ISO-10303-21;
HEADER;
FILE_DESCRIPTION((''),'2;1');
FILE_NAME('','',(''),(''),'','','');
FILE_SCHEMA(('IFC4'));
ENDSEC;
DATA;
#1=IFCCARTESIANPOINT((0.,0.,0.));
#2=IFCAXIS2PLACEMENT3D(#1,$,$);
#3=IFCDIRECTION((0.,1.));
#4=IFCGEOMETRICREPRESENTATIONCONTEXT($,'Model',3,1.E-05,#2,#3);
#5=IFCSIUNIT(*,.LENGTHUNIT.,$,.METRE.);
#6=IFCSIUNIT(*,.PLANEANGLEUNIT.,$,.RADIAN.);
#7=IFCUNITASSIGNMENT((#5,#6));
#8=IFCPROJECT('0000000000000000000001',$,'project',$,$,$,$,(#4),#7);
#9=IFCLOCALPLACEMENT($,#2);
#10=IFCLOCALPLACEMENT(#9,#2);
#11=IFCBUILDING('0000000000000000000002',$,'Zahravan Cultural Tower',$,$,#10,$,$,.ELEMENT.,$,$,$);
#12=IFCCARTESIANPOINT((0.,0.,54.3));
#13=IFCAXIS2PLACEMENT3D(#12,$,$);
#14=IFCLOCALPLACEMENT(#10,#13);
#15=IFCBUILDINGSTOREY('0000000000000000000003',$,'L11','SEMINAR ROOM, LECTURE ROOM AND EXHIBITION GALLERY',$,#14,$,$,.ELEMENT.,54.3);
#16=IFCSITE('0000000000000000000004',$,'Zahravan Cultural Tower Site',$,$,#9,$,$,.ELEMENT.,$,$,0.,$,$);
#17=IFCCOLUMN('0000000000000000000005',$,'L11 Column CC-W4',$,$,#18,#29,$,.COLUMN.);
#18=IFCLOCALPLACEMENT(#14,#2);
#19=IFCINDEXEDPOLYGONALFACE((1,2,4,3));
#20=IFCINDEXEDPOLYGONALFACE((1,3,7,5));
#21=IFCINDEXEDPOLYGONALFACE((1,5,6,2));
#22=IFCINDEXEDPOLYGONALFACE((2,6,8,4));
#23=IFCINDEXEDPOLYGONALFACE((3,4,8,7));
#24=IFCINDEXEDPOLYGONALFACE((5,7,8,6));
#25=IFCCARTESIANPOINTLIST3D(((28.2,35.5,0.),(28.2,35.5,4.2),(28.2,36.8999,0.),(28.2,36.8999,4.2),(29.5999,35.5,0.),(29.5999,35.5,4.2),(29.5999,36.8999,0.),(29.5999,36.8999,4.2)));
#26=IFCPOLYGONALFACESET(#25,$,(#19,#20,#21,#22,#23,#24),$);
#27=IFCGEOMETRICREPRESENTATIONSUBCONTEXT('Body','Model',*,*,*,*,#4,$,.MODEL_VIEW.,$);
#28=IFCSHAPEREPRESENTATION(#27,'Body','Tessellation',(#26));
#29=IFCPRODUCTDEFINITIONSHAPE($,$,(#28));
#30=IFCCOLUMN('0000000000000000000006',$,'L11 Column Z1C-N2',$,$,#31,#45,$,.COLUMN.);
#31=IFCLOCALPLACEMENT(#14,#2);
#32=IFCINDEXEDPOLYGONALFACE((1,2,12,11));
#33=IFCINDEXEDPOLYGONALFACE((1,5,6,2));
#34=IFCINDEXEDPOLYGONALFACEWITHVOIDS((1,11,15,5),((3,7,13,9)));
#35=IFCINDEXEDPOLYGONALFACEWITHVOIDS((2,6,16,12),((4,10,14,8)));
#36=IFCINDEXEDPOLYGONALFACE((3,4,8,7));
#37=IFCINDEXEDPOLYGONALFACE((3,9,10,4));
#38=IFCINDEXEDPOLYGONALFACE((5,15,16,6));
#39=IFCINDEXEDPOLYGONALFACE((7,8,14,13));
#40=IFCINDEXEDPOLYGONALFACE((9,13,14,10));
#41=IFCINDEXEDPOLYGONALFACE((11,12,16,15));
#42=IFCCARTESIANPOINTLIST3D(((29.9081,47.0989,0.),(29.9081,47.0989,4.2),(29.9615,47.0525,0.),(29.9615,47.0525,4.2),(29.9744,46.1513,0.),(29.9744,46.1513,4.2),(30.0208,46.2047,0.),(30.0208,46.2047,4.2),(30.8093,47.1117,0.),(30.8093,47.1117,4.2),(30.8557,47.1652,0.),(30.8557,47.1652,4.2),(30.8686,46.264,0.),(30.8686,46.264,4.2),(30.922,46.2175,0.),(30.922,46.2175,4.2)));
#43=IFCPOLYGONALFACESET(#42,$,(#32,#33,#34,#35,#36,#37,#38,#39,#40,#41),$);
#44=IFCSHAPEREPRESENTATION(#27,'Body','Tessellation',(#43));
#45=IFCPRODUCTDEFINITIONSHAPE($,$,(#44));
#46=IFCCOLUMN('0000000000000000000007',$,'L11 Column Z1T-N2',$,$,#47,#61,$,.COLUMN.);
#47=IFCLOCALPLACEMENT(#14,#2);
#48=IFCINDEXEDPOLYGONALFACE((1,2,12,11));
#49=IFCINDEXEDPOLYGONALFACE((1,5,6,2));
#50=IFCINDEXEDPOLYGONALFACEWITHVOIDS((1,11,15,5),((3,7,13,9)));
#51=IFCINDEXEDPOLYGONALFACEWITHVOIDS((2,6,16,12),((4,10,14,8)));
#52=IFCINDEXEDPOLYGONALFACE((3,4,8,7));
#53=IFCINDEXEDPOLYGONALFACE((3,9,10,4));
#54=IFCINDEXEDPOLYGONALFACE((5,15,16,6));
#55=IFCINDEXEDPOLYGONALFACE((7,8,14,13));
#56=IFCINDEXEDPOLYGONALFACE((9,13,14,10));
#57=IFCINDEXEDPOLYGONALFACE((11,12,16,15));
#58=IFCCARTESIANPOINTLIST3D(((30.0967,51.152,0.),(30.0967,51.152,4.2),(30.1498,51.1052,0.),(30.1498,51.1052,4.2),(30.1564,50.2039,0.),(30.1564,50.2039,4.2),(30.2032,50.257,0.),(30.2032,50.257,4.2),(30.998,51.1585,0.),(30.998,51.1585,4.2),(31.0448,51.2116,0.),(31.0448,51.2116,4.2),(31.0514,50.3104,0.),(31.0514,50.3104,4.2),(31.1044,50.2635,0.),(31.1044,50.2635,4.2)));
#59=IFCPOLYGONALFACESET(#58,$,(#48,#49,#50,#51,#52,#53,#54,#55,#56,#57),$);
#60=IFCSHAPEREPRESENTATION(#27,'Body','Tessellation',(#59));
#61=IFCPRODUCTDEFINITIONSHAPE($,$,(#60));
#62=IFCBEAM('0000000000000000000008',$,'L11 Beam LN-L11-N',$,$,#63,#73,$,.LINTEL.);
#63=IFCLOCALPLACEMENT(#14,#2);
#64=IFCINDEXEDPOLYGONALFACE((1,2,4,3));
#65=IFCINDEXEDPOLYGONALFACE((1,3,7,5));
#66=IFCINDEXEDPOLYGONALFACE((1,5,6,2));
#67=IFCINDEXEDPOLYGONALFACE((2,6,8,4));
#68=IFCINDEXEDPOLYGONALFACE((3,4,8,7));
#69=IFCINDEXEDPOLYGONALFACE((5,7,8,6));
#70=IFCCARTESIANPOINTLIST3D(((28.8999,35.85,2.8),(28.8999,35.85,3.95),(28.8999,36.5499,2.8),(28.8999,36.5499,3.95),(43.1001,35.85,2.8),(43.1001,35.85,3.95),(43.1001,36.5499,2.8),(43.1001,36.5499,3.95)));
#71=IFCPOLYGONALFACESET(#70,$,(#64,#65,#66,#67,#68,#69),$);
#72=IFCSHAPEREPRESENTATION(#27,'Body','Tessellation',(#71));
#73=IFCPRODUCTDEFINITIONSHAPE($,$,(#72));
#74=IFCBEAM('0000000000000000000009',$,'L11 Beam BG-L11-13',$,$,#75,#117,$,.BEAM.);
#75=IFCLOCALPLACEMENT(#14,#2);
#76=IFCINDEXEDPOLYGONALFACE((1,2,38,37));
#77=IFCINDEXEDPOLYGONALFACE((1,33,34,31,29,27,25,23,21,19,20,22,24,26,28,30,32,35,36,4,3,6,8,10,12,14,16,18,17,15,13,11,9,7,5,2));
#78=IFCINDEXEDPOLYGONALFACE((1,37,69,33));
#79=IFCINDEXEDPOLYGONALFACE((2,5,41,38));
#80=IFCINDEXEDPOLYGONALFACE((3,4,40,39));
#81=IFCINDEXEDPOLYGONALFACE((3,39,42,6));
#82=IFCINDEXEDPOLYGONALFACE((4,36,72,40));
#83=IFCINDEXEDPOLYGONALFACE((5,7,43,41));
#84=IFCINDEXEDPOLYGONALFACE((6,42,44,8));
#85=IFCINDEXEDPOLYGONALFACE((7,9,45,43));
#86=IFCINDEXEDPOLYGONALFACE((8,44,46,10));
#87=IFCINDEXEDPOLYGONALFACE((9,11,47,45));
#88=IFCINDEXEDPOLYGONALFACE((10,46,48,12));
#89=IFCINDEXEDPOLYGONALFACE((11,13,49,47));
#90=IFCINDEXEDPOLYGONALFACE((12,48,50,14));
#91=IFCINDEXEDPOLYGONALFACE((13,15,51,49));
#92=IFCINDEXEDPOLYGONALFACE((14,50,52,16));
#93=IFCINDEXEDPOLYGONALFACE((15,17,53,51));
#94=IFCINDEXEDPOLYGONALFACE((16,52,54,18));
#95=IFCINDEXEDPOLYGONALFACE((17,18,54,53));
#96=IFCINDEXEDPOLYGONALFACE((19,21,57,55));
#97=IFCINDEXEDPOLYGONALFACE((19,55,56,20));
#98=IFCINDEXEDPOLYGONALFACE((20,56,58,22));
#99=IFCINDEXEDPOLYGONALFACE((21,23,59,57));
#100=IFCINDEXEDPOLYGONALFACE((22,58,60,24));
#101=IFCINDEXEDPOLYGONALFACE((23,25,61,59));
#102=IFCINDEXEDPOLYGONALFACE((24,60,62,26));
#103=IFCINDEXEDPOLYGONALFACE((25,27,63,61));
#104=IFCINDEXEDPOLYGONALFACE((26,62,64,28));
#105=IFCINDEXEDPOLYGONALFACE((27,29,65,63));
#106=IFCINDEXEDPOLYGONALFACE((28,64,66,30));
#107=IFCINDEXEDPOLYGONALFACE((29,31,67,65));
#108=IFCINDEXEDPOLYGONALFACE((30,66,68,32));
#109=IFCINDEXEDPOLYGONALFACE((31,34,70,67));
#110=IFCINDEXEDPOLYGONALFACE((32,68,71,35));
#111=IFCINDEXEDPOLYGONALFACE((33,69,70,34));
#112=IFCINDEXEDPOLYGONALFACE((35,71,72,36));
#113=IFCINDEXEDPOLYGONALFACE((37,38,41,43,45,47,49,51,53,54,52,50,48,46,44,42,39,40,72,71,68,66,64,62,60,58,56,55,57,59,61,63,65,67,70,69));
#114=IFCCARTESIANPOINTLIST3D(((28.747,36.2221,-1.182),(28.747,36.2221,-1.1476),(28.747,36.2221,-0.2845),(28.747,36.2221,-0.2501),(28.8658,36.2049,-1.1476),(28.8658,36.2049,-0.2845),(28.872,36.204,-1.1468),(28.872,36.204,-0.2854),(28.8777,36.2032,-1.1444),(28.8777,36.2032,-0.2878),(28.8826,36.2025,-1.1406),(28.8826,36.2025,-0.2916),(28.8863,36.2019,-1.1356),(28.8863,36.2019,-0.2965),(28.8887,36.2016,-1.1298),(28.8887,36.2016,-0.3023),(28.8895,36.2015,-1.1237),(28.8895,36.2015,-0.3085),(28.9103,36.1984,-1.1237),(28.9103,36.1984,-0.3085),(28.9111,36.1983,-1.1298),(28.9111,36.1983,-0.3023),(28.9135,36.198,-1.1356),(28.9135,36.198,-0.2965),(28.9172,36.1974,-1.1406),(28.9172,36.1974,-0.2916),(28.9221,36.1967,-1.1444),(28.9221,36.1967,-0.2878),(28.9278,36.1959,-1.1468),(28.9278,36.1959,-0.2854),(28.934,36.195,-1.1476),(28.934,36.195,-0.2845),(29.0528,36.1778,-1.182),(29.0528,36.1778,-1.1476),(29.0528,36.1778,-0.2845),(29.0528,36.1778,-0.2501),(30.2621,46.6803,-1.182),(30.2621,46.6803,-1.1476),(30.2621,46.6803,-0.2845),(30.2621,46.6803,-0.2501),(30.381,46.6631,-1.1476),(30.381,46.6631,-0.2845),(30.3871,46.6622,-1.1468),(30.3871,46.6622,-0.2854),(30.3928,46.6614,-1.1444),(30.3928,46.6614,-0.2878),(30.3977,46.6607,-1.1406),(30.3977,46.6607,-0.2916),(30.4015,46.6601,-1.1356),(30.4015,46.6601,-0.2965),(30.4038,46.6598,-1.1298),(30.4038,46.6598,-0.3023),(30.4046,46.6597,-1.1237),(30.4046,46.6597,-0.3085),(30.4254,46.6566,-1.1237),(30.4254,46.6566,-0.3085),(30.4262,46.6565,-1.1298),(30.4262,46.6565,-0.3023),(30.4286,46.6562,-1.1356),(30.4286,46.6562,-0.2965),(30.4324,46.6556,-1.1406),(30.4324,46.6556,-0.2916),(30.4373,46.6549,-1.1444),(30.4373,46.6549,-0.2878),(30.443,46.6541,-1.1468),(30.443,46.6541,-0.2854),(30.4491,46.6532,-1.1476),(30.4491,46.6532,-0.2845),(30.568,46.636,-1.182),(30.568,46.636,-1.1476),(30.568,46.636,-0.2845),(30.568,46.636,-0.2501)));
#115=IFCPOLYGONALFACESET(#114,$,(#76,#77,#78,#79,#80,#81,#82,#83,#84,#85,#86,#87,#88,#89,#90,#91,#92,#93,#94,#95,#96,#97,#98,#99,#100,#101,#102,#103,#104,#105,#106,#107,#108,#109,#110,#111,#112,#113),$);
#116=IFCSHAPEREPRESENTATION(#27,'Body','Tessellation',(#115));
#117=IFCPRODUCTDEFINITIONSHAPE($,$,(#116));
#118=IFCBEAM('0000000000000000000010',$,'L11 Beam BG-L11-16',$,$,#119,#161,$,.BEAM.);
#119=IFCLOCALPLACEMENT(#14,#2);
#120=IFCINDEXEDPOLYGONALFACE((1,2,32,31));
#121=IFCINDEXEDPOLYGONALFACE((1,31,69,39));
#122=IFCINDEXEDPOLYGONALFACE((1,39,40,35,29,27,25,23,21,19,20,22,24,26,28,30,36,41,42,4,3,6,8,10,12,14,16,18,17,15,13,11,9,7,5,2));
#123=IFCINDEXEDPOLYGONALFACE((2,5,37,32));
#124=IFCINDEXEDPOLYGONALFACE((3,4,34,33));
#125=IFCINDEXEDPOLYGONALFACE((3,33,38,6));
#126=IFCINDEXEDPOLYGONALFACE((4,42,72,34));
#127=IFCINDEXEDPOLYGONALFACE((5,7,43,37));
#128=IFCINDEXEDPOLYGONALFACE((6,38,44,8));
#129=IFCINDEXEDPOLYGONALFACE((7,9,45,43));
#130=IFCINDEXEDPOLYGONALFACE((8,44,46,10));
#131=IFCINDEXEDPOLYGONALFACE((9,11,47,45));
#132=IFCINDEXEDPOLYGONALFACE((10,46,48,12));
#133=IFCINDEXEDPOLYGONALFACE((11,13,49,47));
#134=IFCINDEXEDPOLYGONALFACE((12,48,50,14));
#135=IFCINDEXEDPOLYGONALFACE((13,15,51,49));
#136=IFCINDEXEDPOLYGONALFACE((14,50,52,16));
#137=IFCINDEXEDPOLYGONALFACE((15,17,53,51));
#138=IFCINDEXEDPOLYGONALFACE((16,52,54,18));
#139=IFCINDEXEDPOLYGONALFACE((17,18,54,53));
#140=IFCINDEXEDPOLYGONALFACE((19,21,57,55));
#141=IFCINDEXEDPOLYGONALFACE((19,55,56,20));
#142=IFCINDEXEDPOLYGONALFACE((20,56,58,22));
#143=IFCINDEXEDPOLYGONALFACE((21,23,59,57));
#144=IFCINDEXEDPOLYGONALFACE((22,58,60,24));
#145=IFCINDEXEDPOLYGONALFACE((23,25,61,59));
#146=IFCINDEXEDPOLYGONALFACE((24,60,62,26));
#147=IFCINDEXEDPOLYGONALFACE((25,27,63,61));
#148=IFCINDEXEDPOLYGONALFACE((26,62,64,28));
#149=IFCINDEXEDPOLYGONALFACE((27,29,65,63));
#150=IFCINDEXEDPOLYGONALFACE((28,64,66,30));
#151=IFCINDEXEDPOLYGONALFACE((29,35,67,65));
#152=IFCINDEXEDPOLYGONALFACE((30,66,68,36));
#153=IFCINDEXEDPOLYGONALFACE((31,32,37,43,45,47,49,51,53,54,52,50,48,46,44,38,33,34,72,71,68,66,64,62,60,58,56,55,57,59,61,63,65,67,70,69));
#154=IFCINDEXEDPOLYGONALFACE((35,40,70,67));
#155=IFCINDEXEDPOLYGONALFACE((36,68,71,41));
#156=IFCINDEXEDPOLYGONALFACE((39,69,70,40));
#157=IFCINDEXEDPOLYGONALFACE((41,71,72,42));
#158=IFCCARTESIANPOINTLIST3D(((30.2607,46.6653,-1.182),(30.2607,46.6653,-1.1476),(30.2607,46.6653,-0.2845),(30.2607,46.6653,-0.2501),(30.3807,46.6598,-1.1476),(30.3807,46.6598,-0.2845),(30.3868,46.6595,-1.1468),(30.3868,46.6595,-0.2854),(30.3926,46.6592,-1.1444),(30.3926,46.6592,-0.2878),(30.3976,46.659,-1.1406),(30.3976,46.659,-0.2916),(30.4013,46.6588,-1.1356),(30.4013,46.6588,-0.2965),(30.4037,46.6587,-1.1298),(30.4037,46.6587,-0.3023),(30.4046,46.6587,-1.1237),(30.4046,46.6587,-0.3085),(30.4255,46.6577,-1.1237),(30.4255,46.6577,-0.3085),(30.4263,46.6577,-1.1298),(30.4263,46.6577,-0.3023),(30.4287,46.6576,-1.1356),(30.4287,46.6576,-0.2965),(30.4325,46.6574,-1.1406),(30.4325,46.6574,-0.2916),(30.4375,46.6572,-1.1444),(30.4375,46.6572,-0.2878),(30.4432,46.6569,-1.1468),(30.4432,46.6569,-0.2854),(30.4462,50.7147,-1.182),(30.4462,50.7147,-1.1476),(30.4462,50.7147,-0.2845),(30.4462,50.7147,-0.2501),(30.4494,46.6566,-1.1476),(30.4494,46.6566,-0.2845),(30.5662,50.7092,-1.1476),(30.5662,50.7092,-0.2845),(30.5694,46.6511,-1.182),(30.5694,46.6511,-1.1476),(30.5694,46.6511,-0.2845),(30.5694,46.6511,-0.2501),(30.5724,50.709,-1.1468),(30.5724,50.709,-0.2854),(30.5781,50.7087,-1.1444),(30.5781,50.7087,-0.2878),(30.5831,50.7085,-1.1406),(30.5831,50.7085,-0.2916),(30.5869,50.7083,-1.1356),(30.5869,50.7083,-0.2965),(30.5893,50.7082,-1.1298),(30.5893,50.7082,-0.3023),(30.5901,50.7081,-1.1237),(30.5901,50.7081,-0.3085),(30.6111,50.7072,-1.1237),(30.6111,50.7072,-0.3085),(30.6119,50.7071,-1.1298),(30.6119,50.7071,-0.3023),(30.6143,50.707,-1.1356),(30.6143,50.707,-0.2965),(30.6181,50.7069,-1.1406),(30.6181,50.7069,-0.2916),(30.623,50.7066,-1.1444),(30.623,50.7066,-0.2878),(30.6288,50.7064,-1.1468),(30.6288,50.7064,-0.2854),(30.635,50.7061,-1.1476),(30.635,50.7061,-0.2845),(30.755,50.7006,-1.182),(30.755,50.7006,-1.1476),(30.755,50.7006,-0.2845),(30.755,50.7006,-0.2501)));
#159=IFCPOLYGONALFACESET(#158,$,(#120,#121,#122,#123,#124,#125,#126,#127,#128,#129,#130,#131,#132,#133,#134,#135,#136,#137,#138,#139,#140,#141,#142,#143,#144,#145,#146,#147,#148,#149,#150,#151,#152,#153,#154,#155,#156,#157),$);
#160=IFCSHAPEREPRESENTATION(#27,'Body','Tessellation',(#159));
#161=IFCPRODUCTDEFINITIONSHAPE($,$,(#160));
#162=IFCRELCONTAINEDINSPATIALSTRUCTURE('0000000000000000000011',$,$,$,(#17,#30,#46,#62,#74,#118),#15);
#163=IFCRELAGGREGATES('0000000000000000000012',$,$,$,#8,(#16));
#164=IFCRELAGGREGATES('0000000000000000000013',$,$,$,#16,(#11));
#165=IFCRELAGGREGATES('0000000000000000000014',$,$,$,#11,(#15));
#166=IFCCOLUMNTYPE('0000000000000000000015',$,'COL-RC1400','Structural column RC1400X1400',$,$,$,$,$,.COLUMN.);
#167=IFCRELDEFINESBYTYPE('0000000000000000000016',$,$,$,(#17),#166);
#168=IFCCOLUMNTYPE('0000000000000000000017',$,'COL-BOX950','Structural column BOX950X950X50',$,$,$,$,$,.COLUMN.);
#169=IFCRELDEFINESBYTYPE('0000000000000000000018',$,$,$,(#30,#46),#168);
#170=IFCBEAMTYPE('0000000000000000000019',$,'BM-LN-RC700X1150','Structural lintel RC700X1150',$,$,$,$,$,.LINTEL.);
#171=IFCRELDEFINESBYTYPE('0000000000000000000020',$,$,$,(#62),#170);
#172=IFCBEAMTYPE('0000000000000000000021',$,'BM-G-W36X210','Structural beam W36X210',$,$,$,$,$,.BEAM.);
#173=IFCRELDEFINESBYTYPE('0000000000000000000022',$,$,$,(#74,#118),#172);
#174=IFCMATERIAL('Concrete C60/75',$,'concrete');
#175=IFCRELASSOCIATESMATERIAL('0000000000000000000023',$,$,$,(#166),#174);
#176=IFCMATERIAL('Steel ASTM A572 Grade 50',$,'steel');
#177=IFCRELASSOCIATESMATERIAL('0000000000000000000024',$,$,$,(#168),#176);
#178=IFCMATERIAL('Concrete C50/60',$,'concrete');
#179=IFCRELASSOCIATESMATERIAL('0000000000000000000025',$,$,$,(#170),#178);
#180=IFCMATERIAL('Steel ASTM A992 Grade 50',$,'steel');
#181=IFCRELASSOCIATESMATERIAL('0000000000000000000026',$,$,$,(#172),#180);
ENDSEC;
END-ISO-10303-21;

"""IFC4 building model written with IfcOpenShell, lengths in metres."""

from ifc_helpers import new_model, si_unit, direction, frame, origin, origin_2d, place, context, subcontext, project, spatial, rectangle, hollow_rectangle, i_section, extrude, source, transform, mapped, material, material_profile, profile_set, type_object, element, save


model = new_model("IFC4")

# Units and contexts
model_context = context("Model", 3, precision=1e-05, world=origin(), true_north=direction((0.0, 1.0)))
body_context = subcontext(model_context, "Body", "Model", "MODEL_VIEW")
ifc_project = project(units=[si_unit("LENGTHUNIT", "METRE"), si_unit("PLANEANGLEUNIT", "RADIAN")], contexts=[model_context])

# Site, building, storey
site_placement = place(None, origin())
site = spatial("IfcSite", under=ifc_project, at=site_placement, Name="Zahravan Cultural Tower Site", CompositionType="ELEMENT", RefElevation=0.0)
building_placement = place(site_placement, origin())
building = spatial("IfcBuilding", under=site, at=building_placement, Name="Zahravan Cultural Tower", CompositionType="ELEMENT")
storey_placement = place(building_placement, frame((0.0, 0.0, 54.3)))
storey = spatial("IfcBuildingStorey", under=building, at=storey_placement, Name="L11", Description="SEMINAR ROOM, LECTURE ROOM AND EXHIBITION GALLERY", CompositionType="ELEMENT", Elevation=54.3)

# Columns
ifc_material_1 = material(Name="Concrete C60/75", Category="concrete")
ifc_material_profile_1 = material_profile(ifc_material_1, rectangle(XDim=1.3999, YDim=1.3999, at=origin_2d()), Name="RC1400X1400")
ifc_profile_set_1 = profile_set([ifc_material_profile_1], Name="Concrete C60/75")
column_type_1 = type_object("IfcColumnType", Name="COL-RC1400", Description="Structural column RC1400X1400", PredefinedType="COLUMN", material=ifc_profile_set_1)
shared_shape_1 = source(origin(), body_context, "Body", "SweptSolid", [
    extrude(rectangle(XDim=1.3999, YDim=1.3999, at=origin_2d()), origin(), (0.0, 0.0, 1.0), 4.2),
])
column_placement = place(storey_placement, frame((28.8999, 36.2, 0.0), z_axis=(0.0, 0.0, 1.0), x_axis=(1.0, 0.0, 0.0)))
element("IfcColumn", 1, at=column_placement, inside=storey, type_object=column_type_1, Name="L11 Column CC-W4", PredefinedType="COLUMN", context=body_context, shape_type="MappedRepresentation", body=[
    mapped(shared_shape_1, transform((0.0, 0.0, 0.0), x_axis=(1.0, 0.0, 0.0), y_axis=(0.0, 1.0, 0.0), z_axis=(0.0, 0.0, 1.0), scale=1.0)),
])
ifc_material_2 = material(Name="Steel ASTM A572 Grade 50", Category="steel")
ifc_material_profile_2 = material_profile(ifc_material_2, hollow_rectangle(XDim=0.95, YDim=0.95, WallThickness=0.05, at=origin_2d()), Name="BOX950X950X50")
ifc_profile_set_2 = profile_set([ifc_material_profile_2], Name="Steel ASTM A572 Grade 50")
column_type_2 = type_object("IfcColumnType", Name="COL-BOX950", Description="Structural column BOX950X950X50", PredefinedType="COLUMN", material=ifc_profile_set_2)
shared_shape_2 = source(origin(), body_context, "Body", "SweptSolid", [
    extrude(hollow_rectangle(XDim=0.95, YDim=0.95, WallThickness=0.05, at=origin_2d()), origin(), (0.0, 0.0, 1.0), 4.2),
])
for number, where, z_axis, x_axis, name in (
    (2, (30.415, 46.6582, 0.0), (0.0, 0.0, 1.0), (-0.069756, 0.997564, 0.0), "L11 Column Z1C-N2"),
    (3, (30.6006, 50.7078, 0.0), (0.0, 0.0, 1.0), (-0.062791, 0.998027, 0.0), "L11 Column Z1T-N2"),
):
    element("IfcColumn", number, at=place(storey_placement, frame(where, z_axis=z_axis, x_axis=x_axis)), inside=storey, type_object=column_type_2, Name=name, PredefinedType="COLUMN", context=body_context, shape_type="MappedRepresentation", body=[
        mapped(shared_shape_2, transform((0.0, 0.0, 0.0), x_axis=(1.0, 0.0, 0.0), y_axis=(0.0, 1.0, 0.0), z_axis=(0.0, 0.0, 1.0), scale=1.0)),
    ])

# Beams
ifc_material_3 = material(Name="Concrete C50/60", Category="concrete")
ifc_material_profile_3 = material_profile(ifc_material_3, rectangle(XDim=0.7, YDim=1.1499, at=origin_2d()), Name="RC700X1150")
ifc_profile_set_3 = profile_set([ifc_material_profile_3], Name="Concrete C50/60")
beam_type_1 = type_object("IfcBeamType", Name="BM-LN-RC700X1150", Description="Structural lintel RC700X1150", PredefinedType="LINTEL", material=ifc_profile_set_3)
shared_shape_3 = source(origin(), body_context, "Body", "SweptSolid", [
    extrude(rectangle(XDim=0.7, YDim=1.1499, at=origin_2d()), origin(), (0.0, 0.0, 1.0), 14.2002),
])
beam_1_placement = place(storey_placement, frame((28.8999, 36.2, 3.375), z_axis=(1.0, 0.0, 0.0), x_axis=(0.0, 1.0, 0.0)))
element("IfcBeam", 4, at=beam_1_placement, inside=storey, type_object=beam_type_1, Name="L11 Beam LN-L11-N", PredefinedType="LINTEL", context=body_context, shape_type="MappedRepresentation", body=[
    mapped(shared_shape_3, transform((0.0, 0.0, 0.0), x_axis=(1.0, 0.0, 0.0), y_axis=(0.0, 1.0, 0.0), z_axis=(0.0, 0.0, 1.0), scale=1.0)),
])
ifc_material_4 = material(Name="Steel ASTM A992 Grade 50", Category="steel")
ifc_material_profile_4 = material_profile(ifc_material_4, i_section(OverallWidth=0.3091, OverallDepth=0.9319, WebThickness=0.021, FlangeThickness=0.0344, FilletRadius=0.0239, at=origin_2d()), Name="W36X210")
ifc_profile_set_4 = profile_set([ifc_material_profile_4], Name="Steel ASTM A992 Grade 50")
beam_type_2 = type_object("IfcBeamType", Name="BM-G-W36X210", Description="Structural beam W36X210", PredefinedType="BEAM", material=ifc_profile_set_4)
shared_shape_4 = source(origin(), body_context, "Body", "SweptSolid", [
    extrude(i_section(OverallWidth=0.3091, OverallDepth=0.9319, WebThickness=0.021, FlangeThickness=0.0344, FilletRadius=0.0239, at=origin_2d()), origin(), (0.0, 0.0, 1.0), 10.5674),
])
beam_2_placement = place(storey_placement, frame((28.8999, 36.2, -0.7161), z_axis=(0.143378, 0.989668, 0.0), x_axis=(-0.989668, 0.143378, 0.0)))
element("IfcBeam", 5, at=beam_2_placement, inside=storey, type_object=beam_type_2, Name="L11 Beam BG-L11-13", PredefinedType="BEAM", context=body_context, shape_type="MappedRepresentation", body=[
    mapped(shared_shape_4, transform((0.0, 0.0, 0.0), x_axis=(1.0, 0.0, 0.0), y_axis=(0.0, 1.0, 0.0), z_axis=(0.0, 0.0, 1.0), scale=1.0)),
])
shared_shape_5 = source(origin(), body_context, "Body", "SweptSolid", [
    extrude(i_section(OverallWidth=0.3091, OverallDepth=0.9319, WebThickness=0.021, FlangeThickness=0.0344, FilletRadius=0.0239, at=origin_2d()), origin(), (0.0, 0.0, 1.0), 4.0537),
])
beam_3_placement = place(storey_placement, frame((30.415, 46.6582, -0.7161), z_axis=(0.045771, 0.998952, 0.0), x_axis=(-0.998952, 0.045771, 0.0)))
element("IfcBeam", 6, at=beam_3_placement, inside=storey, type_object=beam_type_2, Name="L11 Beam BG-L11-16", PredefinedType="BEAM", context=body_context, shape_type="MappedRepresentation", body=[
    mapped(shared_shape_5, transform((0.0, 0.0, 0.0), x_axis=(1.0, 0.0, 0.0), y_axis=(0.0, 1.0, 0.0), z_axis=(0.0, 0.0, 1.0), scale=1.0)),
])

save(model, "model.ifc")
